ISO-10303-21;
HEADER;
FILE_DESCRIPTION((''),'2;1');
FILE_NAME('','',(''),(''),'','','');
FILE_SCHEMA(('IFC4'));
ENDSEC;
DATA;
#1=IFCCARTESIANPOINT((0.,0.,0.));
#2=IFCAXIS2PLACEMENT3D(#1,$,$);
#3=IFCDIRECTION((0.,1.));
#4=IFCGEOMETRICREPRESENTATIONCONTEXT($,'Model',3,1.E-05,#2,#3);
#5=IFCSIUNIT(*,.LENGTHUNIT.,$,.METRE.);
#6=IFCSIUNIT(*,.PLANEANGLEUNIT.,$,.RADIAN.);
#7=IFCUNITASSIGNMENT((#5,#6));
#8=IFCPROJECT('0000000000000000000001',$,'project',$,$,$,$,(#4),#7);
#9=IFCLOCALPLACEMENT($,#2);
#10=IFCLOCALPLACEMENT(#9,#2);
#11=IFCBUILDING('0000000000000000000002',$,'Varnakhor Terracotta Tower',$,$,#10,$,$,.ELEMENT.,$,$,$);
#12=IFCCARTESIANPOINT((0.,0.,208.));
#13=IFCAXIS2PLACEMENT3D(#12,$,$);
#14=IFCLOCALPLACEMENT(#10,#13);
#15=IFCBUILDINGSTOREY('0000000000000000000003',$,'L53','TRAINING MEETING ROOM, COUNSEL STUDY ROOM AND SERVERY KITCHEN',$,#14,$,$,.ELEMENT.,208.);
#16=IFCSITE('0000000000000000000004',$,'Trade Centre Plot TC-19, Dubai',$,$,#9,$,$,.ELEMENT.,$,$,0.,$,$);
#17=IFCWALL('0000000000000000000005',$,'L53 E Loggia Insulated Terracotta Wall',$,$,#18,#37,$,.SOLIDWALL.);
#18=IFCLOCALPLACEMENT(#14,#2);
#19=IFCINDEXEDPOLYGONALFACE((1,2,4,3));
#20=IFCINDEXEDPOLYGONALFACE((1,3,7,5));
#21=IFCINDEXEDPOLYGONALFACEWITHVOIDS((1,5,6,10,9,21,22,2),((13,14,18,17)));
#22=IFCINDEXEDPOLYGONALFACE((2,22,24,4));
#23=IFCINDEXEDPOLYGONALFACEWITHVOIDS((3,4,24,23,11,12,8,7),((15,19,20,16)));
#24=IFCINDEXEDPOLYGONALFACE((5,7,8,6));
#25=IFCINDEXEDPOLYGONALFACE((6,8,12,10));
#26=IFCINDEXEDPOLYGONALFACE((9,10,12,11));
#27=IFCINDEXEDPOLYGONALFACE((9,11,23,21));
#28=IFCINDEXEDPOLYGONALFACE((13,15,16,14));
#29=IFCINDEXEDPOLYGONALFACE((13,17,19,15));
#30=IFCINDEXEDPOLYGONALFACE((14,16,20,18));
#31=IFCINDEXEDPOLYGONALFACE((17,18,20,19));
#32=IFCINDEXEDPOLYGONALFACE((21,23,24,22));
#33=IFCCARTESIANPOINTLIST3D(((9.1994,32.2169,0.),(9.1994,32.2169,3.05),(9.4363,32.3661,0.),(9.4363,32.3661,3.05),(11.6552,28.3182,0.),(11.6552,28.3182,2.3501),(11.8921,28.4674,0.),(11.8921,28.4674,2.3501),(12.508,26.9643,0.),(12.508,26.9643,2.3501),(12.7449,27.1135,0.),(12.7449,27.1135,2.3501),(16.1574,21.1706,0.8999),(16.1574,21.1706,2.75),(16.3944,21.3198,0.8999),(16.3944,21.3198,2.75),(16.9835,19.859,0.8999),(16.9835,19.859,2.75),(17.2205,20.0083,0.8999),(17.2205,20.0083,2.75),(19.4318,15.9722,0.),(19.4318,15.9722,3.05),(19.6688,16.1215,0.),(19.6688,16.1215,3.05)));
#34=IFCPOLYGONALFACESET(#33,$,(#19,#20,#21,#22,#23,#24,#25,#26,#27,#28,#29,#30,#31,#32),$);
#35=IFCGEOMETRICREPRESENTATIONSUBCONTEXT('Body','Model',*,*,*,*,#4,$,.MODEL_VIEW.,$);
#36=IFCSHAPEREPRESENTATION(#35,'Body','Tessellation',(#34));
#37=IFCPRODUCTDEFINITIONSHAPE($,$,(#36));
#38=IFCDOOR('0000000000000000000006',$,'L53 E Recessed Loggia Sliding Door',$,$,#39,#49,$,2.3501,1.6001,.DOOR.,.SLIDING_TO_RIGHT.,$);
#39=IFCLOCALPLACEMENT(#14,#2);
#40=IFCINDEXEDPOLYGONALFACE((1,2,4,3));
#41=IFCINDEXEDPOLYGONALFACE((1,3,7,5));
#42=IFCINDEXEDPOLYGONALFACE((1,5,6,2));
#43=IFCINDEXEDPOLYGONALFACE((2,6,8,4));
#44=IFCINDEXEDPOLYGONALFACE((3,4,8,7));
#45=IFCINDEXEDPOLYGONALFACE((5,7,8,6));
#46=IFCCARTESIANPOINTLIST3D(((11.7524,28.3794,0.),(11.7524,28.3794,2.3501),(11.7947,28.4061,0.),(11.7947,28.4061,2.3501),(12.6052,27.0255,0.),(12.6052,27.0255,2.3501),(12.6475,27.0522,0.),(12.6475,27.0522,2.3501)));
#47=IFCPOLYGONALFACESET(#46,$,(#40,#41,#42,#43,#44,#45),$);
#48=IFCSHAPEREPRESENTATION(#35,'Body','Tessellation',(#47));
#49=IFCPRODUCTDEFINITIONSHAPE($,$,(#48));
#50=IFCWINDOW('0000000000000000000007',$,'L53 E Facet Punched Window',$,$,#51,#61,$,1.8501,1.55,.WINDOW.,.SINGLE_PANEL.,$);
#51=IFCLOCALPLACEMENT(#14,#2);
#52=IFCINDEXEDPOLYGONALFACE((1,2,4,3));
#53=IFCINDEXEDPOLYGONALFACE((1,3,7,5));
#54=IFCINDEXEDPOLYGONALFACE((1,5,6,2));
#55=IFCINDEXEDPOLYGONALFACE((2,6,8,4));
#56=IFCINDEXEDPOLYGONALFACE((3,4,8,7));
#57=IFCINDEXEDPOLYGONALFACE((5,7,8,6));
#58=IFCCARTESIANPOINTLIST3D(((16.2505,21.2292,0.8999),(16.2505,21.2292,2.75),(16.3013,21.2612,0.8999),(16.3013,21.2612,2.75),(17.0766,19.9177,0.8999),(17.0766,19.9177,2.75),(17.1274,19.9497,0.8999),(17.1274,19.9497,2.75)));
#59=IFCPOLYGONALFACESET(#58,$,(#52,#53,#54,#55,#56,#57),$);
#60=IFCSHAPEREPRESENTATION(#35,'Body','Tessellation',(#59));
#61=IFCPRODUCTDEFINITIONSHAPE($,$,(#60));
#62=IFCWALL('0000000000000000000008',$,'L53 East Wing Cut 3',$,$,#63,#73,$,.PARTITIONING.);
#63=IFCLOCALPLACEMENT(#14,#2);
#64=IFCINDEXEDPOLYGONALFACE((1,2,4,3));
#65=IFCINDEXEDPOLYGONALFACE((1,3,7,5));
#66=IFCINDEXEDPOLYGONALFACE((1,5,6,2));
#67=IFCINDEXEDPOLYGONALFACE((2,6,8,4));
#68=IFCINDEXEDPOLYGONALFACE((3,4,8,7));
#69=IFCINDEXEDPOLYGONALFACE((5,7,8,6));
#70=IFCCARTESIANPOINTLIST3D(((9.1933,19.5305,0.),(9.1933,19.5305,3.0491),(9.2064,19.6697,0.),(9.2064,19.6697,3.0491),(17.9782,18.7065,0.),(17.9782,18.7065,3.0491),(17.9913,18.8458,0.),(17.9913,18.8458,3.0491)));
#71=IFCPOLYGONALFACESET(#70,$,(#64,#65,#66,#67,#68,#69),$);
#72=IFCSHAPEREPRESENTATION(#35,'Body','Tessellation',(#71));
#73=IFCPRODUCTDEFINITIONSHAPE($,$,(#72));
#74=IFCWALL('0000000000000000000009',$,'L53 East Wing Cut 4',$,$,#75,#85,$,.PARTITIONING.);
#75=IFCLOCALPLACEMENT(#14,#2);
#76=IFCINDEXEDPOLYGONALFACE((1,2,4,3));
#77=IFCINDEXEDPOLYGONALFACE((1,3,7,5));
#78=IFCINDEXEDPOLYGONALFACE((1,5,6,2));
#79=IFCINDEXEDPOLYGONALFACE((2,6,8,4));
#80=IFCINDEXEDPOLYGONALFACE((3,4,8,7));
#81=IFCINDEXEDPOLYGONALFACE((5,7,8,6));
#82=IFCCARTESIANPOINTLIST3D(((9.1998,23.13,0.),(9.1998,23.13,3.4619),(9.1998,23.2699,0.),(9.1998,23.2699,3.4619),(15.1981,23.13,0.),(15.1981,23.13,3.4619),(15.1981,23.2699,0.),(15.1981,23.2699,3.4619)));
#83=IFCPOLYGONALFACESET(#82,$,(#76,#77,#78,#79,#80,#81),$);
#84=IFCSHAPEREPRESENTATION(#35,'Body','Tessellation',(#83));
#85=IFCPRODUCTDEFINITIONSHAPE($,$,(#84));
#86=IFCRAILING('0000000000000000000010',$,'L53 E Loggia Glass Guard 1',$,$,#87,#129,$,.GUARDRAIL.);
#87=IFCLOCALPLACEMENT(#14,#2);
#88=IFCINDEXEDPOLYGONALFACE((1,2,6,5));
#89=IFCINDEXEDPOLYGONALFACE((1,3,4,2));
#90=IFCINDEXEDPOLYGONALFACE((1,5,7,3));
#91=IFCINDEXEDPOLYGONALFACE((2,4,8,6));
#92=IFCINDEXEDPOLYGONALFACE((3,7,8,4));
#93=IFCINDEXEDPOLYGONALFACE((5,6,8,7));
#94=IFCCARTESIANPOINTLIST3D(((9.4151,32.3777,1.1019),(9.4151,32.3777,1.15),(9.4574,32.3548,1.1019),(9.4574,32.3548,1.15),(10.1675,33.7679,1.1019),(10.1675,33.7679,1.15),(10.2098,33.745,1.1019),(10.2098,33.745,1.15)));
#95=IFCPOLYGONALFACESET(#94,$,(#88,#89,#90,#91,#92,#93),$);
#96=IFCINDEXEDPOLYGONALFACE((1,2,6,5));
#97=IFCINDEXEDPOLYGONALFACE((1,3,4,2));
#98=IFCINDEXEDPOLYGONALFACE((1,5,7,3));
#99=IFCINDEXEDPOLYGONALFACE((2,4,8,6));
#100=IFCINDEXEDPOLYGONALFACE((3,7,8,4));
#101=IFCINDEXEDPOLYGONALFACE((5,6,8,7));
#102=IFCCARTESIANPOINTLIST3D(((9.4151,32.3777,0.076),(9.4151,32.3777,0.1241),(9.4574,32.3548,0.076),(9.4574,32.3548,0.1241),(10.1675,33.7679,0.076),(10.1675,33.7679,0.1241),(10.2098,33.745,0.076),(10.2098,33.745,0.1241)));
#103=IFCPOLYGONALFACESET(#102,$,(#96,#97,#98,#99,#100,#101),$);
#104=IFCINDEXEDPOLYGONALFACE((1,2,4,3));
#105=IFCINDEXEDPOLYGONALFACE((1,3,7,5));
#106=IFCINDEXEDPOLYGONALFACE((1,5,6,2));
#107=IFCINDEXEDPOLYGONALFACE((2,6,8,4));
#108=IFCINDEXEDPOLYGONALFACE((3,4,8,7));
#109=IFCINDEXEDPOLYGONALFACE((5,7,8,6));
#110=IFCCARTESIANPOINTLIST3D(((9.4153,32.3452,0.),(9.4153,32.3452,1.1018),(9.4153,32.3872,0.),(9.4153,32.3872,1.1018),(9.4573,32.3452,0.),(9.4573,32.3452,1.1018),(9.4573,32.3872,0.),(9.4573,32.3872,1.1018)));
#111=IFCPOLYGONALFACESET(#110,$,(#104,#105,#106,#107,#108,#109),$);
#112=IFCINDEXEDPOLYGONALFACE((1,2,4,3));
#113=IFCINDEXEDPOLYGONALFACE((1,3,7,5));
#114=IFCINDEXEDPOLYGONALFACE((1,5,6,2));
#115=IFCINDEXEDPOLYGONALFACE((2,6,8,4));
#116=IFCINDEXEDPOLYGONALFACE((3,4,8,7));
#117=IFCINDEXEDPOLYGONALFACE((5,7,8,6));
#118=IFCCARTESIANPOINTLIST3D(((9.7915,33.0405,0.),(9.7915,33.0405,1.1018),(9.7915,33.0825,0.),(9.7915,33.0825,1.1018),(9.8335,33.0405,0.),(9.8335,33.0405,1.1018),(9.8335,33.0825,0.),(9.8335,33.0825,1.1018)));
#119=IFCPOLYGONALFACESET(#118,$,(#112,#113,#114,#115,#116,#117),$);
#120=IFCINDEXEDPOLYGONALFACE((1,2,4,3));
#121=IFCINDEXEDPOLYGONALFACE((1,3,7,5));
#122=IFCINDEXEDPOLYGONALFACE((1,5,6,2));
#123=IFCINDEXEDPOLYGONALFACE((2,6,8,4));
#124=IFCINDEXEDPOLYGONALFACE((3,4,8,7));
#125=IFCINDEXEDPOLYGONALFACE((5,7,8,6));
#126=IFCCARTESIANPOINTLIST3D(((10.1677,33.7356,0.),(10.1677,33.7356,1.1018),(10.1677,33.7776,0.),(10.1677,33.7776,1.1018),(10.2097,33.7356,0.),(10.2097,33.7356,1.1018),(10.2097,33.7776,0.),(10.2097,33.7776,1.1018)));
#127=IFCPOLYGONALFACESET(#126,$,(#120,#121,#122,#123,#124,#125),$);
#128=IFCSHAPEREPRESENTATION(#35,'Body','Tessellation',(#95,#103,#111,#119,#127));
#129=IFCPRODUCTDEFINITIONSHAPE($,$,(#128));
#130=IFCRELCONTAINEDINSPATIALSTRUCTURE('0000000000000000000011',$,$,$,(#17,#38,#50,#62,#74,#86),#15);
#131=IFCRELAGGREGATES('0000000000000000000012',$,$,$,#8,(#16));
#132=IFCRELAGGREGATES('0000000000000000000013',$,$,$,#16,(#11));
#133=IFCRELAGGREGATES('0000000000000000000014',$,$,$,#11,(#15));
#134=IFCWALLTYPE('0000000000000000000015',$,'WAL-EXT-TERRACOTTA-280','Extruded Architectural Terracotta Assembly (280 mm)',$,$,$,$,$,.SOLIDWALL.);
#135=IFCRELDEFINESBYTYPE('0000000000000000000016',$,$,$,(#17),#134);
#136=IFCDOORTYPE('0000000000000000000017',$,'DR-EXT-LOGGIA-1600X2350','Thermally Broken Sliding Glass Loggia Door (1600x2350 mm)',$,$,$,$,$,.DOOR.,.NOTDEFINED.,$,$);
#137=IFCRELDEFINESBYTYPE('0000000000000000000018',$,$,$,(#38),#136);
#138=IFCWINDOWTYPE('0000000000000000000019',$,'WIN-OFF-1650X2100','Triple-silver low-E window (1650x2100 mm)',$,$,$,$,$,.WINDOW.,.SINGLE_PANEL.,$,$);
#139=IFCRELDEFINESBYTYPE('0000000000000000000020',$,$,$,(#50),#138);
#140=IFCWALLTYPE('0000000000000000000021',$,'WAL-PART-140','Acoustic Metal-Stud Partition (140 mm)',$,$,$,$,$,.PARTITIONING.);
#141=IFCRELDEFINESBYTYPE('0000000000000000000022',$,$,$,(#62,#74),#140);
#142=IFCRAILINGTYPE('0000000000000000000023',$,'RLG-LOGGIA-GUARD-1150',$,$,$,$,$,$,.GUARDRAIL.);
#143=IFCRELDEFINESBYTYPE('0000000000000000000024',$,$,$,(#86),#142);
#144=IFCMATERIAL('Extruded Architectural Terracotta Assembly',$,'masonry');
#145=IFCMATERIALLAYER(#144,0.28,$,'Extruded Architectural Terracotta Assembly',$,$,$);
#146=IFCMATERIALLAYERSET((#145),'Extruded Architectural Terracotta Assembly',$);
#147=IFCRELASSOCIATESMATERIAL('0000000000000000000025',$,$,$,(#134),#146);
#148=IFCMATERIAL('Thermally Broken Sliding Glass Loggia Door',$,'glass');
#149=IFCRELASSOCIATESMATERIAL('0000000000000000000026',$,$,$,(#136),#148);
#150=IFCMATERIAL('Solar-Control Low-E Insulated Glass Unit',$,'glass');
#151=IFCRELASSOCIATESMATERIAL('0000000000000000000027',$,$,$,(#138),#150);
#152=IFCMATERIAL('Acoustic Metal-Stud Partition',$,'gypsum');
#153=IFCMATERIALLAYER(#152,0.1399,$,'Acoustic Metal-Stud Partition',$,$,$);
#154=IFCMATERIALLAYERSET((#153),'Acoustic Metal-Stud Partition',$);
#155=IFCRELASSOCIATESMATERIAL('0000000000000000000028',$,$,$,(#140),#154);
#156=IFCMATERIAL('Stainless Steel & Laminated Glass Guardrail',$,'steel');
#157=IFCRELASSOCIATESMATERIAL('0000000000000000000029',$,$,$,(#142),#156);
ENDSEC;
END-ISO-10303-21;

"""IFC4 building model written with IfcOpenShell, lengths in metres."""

from ifc_helpers import new_model, si_unit, direction, frame, frame_2d, origin, origin_2d, place, context, subcontext, project, spatial, rectangle, extrude, source, transform, mapped, material, layer, layer_set, type_object, type_shapes, element, fill, save


model = new_model("IFC4")

# Units and contexts
model_context = context("Model", 3, precision=1e-05, world=origin(), true_north=direction((0.0, 1.0)))
body_context = subcontext(model_context, "Body", "Model", "MODEL_VIEW")
ifc_project = project(units=[si_unit("LENGTHUNIT", "METRE"), si_unit("PLANEANGLEUNIT", "RADIAN")], contexts=[model_context])

# Site, building, storey
site_placement = place(None, origin())
site = spatial("IfcSite", under=ifc_project, at=site_placement, Name="Trade Centre Plot TC-19, Dubai", CompositionType="ELEMENT", RefElevation=0.0)
building_placement = place(site_placement, origin())
building = spatial("IfcBuilding", under=site, at=building_placement, Name="Varnakhor Terracotta Tower", CompositionType="ELEMENT")
storey_placement = place(building_placement, frame((0.0, 0.0, 208.0)))
storey = spatial("IfcBuildingStorey", under=building, at=storey_placement, Name="L53", Description="TRAINING MEETING ROOM, COUNSEL STUDY ROOM AND SERVERY KITCHEN", CompositionType="ELEMENT", Elevation=208.0)

# Wall, openings, door, window
ifc_material_1 = material(Name="Extruded Architectural Terracotta Assembly", Category="masonry")
ifc_layer_1 = layer(ifc_material_1, 0.28, Name="Extruded Architectural Terracotta Assembly")
ifc_layer_set_1 = layer_set([ifc_layer_1], Name="Extruded Architectural Terracotta Assembly")
wall_type_1 = type_object("IfcWallType", Name="WAL-EXT-TERRACOTTA-280", Description="Extruded Architectural Terracotta Assembly (280 mm)", PredefinedType="SOLIDWALL", material=ifc_layer_set_1)
wall_1_placement = place(storey_placement, frame((9.3179, 32.2915, 0.0), z_axis=(0.0, 0.0, 1.0), x_axis=(0.532974, -0.846131, 0.0)))
wall_1 = element("IfcWall", 1, at=wall_1_placement, inside=storey, type_object=wall_type_1, Name="L53 E Loggia Insulated Terracotta Wall", PredefinedType="SOLIDWALL", context=body_context, shape_type="SweptSolid", body=[
    extrude(rectangle(XDim=19.1987, YDim=0.28, at=frame_2d((9.5994, 0.0))), origin(), (0.0, 0.0, 1.0), 3.05),
])
opening_1_placement = place(wall_1_placement, frame((4.6077, 0.0, 0.0)))
opening_1 = element("IfcOpeningElement", 2, at=opening_1_placement, cuts=wall_1, PredefinedType="OPENING", context=body_context, shape_type="SweptSolid", body=[
    extrude(rectangle(XDim=1.6001, YDim=2.3501, at=frame_2d((0.8, 1.175))), frame((0.0, 0.1499, 0.0), z_axis=(0.0, -1.0, 0.0), x_axis=(1.0, 0.0, 0.0)), (0.0, 0.0, 1.0), 0.3),
])
opening_2_placement = place(wall_1_placement, frame((13.0552, 0.0, 0.8999)))
opening_2 = element("IfcOpeningElement", 3, at=opening_2_placement, cuts=wall_1, PredefinedType="OPENING", context=body_context, shape_type="SweptSolid", body=[
    extrude(rectangle(XDim=1.55, YDim=1.8501, at=frame_2d((0.7749, 0.925))), frame((0.0, 0.1499, 0.0), z_axis=(0.0, -1.0, 0.0), x_axis=(1.0, 0.0, 0.0)), (0.0, 0.0, 1.0), 0.3),
])
ifc_material_2 = material(Name="Thermally Broken Sliding Glass Loggia Door", Category="glass")
door_type = type_object("IfcDoorType", Name="DR-EXT-LOGGIA-1600X2350", Description="Thermally Broken Sliding Glass Loggia Door (1600x2350 mm)", OperationType="NOTDEFINED", PredefinedType="DOOR", material=ifc_material_2)
shared_shape_1 = source(origin(), body_context, "Body", "SweptSolid", [
    extrude(rectangle(XDim=1.6001, YDim=2.3501, at=frame_2d((0.8, 1.175))), frame((0.0, 0.0249, 0.0), z_axis=(0.0, -1.0, 0.0), x_axis=(1.0, 0.0, 0.0)), (0.0, 0.0, 1.0), 0.05),
])
type_shapes(door_type, [shared_shape_1])
door_placement = place(opening_1_placement, origin())
door = element("IfcDoor", 4, at=door_placement, inside=storey, type_object=door_type, Name="L53 E Recessed Loggia Sliding Door", OperationType="SLIDING_TO_RIGHT", OverallHeight=2.3501, OverallWidth=1.6001, PredefinedType="DOOR", context=body_context, shape_type="MappedRepresentation", body=[
    mapped(shared_shape_1, transform((0.0, 0.0, 0.0), scale=1.0)),
])
fill(opening_1, door)
ifc_material_3 = material(Name="Solar-Control Low-E Insulated Glass Unit", Category="glass")
window_type = type_object("IfcWindowType", Name="WIN-OFF-1650X2100", Description="Triple-silver low-E window (1650x2100 mm)", PartitioningType="SINGLE_PANEL", PredefinedType="WINDOW", material=ifc_material_3)
shared_shape_2 = source(origin(), body_context, "Body", "SweptSolid", [
    extrude(rectangle(XDim=1.55, YDim=1.8501, at=frame_2d((0.7749, 0.925))), frame((0.0, 0.03, 0.0), z_axis=(0.0, -1.0, 0.0), x_axis=(1.0, 0.0, 0.0)), (0.0, 0.0, 1.0), 0.0601),
])
type_shapes(window_type, [shared_shape_2])
window_placement = place(opening_2_placement, origin())
window = element("IfcWindow", 5, at=window_placement, inside=storey, type_object=window_type, Name="L53 E Facet Punched Window", OverallHeight=1.8501, OverallWidth=1.55, PartitioningType="SINGLE_PANEL", PredefinedType="WINDOW", context=body_context, shape_type="MappedRepresentation", body=[
    mapped(shared_shape_2, transform((0.0, 0.0, 0.0), scale=1.0)),
])
fill(opening_2, window)

# Walls
ifc_material_4 = material(Name="Acoustic Metal-Stud Partition", Category="gypsum")
ifc_layer_2 = layer(ifc_material_4, 0.1399, Name="Acoustic Metal-Stud Partition")
ifc_layer_set_2 = layer_set([ifc_layer_2], Name="Acoustic Metal-Stud Partition")
wall_type_2 = type_object("IfcWallType", Name="WAL-PART-140", Description="Acoustic Metal-Stud Partition (140 mm)", PredefinedType="PARTITIONING", material=ifc_layer_set_2)
wall_2_placement = place(storey_placement, frame((9.2, 19.6001, 0.0), z_axis=(0.0, 0.0, 1.0), x_axis=(0.99563, -0.093384, 0.0)))
element("IfcWall", 6, at=wall_2_placement, inside=storey, type_object=wall_type_2, Name="L53 East Wing Cut 3", PredefinedType="PARTITIONING", context=body_context, shape_type="SweptSolid", body=[
    extrude(rectangle(XDim=8.8235, YDim=0.1399, at=frame_2d((4.4116, 0.0))), origin(), (0.0, 0.0, 1.0), 3.0491),
])
wall_3_placement = place(storey_placement, frame((9.2, 23.2, 0.0), z_axis=(0.0, 0.0, 1.0), x_axis=(1.0, 0.0, 0.0)))
element("IfcWall", 7, at=wall_3_placement, inside=storey, type_object=wall_type_2, Name="L53 East Wing Cut 4", PredefinedType="PARTITIONING", context=body_context, shape_type="SweptSolid", body=[
    extrude(rectangle(XDim=5.9983, YDim=0.1399, at=frame_2d((2.999, 0.0))), origin(), (0.0, 0.0, 1.0), 3.4619),
])

# Railing
ifc_material_5 = material(Name="Stainless Steel & Laminated Glass Guardrail", Category="steel")
railing_type = type_object("IfcRailingType", Name="RLG-LOGGIA-GUARD-1150", PredefinedType="GUARDRAIL", material=ifc_material_5)
railing_1_placement = place(storey_placement, frame((9.4363, 32.3662, 0.0)))
element("IfcRailing", 8, at=railing_1_placement, inside=storey, type_object=railing_type, Name="L53 E Loggia Glass Guard 1", PredefinedType="GUARDRAIL", context=body_context, shape_type="SweptSolid", body=[
    extrude(rectangle(XDim=0.0481, YDim=0.0481, at=origin_2d()), frame((0.0, 0.0, 1.126), z_axis=(0.47595, 0.879472, 0.0), x_axis=(-0.879472, 0.47595, 0.0)), (0.0, 0.0, 1.0), 1.5808),
    extrude(rectangle(XDim=0.0481, YDim=0.0481, at=origin_2d()), frame((0.0, 0.0, 0.1001), z_axis=(0.47595, 0.879472, 0.0), x_axis=(-0.879472, 0.47595, 0.0)), (0.0, 0.0, 1.0), 1.5808),
    extrude(rectangle(XDim=0.042, YDim=0.042, at=origin_2d()), origin(), (0.0, 0.0, 1.0), 1.1018),
    extrude(rectangle(XDim=0.042, YDim=0.042, at=origin_2d()), frame((0.3762, 0.6953, 0.0)), (0.0, 0.0, 1.0), 1.1018),
    extrude(rectangle(XDim=0.042, YDim=0.042, at=origin_2d()), frame((0.7524, 1.3904, 0.0)), (0.0, 0.0, 1.0), 1.1018),
])

save(model, "model.ifc")
